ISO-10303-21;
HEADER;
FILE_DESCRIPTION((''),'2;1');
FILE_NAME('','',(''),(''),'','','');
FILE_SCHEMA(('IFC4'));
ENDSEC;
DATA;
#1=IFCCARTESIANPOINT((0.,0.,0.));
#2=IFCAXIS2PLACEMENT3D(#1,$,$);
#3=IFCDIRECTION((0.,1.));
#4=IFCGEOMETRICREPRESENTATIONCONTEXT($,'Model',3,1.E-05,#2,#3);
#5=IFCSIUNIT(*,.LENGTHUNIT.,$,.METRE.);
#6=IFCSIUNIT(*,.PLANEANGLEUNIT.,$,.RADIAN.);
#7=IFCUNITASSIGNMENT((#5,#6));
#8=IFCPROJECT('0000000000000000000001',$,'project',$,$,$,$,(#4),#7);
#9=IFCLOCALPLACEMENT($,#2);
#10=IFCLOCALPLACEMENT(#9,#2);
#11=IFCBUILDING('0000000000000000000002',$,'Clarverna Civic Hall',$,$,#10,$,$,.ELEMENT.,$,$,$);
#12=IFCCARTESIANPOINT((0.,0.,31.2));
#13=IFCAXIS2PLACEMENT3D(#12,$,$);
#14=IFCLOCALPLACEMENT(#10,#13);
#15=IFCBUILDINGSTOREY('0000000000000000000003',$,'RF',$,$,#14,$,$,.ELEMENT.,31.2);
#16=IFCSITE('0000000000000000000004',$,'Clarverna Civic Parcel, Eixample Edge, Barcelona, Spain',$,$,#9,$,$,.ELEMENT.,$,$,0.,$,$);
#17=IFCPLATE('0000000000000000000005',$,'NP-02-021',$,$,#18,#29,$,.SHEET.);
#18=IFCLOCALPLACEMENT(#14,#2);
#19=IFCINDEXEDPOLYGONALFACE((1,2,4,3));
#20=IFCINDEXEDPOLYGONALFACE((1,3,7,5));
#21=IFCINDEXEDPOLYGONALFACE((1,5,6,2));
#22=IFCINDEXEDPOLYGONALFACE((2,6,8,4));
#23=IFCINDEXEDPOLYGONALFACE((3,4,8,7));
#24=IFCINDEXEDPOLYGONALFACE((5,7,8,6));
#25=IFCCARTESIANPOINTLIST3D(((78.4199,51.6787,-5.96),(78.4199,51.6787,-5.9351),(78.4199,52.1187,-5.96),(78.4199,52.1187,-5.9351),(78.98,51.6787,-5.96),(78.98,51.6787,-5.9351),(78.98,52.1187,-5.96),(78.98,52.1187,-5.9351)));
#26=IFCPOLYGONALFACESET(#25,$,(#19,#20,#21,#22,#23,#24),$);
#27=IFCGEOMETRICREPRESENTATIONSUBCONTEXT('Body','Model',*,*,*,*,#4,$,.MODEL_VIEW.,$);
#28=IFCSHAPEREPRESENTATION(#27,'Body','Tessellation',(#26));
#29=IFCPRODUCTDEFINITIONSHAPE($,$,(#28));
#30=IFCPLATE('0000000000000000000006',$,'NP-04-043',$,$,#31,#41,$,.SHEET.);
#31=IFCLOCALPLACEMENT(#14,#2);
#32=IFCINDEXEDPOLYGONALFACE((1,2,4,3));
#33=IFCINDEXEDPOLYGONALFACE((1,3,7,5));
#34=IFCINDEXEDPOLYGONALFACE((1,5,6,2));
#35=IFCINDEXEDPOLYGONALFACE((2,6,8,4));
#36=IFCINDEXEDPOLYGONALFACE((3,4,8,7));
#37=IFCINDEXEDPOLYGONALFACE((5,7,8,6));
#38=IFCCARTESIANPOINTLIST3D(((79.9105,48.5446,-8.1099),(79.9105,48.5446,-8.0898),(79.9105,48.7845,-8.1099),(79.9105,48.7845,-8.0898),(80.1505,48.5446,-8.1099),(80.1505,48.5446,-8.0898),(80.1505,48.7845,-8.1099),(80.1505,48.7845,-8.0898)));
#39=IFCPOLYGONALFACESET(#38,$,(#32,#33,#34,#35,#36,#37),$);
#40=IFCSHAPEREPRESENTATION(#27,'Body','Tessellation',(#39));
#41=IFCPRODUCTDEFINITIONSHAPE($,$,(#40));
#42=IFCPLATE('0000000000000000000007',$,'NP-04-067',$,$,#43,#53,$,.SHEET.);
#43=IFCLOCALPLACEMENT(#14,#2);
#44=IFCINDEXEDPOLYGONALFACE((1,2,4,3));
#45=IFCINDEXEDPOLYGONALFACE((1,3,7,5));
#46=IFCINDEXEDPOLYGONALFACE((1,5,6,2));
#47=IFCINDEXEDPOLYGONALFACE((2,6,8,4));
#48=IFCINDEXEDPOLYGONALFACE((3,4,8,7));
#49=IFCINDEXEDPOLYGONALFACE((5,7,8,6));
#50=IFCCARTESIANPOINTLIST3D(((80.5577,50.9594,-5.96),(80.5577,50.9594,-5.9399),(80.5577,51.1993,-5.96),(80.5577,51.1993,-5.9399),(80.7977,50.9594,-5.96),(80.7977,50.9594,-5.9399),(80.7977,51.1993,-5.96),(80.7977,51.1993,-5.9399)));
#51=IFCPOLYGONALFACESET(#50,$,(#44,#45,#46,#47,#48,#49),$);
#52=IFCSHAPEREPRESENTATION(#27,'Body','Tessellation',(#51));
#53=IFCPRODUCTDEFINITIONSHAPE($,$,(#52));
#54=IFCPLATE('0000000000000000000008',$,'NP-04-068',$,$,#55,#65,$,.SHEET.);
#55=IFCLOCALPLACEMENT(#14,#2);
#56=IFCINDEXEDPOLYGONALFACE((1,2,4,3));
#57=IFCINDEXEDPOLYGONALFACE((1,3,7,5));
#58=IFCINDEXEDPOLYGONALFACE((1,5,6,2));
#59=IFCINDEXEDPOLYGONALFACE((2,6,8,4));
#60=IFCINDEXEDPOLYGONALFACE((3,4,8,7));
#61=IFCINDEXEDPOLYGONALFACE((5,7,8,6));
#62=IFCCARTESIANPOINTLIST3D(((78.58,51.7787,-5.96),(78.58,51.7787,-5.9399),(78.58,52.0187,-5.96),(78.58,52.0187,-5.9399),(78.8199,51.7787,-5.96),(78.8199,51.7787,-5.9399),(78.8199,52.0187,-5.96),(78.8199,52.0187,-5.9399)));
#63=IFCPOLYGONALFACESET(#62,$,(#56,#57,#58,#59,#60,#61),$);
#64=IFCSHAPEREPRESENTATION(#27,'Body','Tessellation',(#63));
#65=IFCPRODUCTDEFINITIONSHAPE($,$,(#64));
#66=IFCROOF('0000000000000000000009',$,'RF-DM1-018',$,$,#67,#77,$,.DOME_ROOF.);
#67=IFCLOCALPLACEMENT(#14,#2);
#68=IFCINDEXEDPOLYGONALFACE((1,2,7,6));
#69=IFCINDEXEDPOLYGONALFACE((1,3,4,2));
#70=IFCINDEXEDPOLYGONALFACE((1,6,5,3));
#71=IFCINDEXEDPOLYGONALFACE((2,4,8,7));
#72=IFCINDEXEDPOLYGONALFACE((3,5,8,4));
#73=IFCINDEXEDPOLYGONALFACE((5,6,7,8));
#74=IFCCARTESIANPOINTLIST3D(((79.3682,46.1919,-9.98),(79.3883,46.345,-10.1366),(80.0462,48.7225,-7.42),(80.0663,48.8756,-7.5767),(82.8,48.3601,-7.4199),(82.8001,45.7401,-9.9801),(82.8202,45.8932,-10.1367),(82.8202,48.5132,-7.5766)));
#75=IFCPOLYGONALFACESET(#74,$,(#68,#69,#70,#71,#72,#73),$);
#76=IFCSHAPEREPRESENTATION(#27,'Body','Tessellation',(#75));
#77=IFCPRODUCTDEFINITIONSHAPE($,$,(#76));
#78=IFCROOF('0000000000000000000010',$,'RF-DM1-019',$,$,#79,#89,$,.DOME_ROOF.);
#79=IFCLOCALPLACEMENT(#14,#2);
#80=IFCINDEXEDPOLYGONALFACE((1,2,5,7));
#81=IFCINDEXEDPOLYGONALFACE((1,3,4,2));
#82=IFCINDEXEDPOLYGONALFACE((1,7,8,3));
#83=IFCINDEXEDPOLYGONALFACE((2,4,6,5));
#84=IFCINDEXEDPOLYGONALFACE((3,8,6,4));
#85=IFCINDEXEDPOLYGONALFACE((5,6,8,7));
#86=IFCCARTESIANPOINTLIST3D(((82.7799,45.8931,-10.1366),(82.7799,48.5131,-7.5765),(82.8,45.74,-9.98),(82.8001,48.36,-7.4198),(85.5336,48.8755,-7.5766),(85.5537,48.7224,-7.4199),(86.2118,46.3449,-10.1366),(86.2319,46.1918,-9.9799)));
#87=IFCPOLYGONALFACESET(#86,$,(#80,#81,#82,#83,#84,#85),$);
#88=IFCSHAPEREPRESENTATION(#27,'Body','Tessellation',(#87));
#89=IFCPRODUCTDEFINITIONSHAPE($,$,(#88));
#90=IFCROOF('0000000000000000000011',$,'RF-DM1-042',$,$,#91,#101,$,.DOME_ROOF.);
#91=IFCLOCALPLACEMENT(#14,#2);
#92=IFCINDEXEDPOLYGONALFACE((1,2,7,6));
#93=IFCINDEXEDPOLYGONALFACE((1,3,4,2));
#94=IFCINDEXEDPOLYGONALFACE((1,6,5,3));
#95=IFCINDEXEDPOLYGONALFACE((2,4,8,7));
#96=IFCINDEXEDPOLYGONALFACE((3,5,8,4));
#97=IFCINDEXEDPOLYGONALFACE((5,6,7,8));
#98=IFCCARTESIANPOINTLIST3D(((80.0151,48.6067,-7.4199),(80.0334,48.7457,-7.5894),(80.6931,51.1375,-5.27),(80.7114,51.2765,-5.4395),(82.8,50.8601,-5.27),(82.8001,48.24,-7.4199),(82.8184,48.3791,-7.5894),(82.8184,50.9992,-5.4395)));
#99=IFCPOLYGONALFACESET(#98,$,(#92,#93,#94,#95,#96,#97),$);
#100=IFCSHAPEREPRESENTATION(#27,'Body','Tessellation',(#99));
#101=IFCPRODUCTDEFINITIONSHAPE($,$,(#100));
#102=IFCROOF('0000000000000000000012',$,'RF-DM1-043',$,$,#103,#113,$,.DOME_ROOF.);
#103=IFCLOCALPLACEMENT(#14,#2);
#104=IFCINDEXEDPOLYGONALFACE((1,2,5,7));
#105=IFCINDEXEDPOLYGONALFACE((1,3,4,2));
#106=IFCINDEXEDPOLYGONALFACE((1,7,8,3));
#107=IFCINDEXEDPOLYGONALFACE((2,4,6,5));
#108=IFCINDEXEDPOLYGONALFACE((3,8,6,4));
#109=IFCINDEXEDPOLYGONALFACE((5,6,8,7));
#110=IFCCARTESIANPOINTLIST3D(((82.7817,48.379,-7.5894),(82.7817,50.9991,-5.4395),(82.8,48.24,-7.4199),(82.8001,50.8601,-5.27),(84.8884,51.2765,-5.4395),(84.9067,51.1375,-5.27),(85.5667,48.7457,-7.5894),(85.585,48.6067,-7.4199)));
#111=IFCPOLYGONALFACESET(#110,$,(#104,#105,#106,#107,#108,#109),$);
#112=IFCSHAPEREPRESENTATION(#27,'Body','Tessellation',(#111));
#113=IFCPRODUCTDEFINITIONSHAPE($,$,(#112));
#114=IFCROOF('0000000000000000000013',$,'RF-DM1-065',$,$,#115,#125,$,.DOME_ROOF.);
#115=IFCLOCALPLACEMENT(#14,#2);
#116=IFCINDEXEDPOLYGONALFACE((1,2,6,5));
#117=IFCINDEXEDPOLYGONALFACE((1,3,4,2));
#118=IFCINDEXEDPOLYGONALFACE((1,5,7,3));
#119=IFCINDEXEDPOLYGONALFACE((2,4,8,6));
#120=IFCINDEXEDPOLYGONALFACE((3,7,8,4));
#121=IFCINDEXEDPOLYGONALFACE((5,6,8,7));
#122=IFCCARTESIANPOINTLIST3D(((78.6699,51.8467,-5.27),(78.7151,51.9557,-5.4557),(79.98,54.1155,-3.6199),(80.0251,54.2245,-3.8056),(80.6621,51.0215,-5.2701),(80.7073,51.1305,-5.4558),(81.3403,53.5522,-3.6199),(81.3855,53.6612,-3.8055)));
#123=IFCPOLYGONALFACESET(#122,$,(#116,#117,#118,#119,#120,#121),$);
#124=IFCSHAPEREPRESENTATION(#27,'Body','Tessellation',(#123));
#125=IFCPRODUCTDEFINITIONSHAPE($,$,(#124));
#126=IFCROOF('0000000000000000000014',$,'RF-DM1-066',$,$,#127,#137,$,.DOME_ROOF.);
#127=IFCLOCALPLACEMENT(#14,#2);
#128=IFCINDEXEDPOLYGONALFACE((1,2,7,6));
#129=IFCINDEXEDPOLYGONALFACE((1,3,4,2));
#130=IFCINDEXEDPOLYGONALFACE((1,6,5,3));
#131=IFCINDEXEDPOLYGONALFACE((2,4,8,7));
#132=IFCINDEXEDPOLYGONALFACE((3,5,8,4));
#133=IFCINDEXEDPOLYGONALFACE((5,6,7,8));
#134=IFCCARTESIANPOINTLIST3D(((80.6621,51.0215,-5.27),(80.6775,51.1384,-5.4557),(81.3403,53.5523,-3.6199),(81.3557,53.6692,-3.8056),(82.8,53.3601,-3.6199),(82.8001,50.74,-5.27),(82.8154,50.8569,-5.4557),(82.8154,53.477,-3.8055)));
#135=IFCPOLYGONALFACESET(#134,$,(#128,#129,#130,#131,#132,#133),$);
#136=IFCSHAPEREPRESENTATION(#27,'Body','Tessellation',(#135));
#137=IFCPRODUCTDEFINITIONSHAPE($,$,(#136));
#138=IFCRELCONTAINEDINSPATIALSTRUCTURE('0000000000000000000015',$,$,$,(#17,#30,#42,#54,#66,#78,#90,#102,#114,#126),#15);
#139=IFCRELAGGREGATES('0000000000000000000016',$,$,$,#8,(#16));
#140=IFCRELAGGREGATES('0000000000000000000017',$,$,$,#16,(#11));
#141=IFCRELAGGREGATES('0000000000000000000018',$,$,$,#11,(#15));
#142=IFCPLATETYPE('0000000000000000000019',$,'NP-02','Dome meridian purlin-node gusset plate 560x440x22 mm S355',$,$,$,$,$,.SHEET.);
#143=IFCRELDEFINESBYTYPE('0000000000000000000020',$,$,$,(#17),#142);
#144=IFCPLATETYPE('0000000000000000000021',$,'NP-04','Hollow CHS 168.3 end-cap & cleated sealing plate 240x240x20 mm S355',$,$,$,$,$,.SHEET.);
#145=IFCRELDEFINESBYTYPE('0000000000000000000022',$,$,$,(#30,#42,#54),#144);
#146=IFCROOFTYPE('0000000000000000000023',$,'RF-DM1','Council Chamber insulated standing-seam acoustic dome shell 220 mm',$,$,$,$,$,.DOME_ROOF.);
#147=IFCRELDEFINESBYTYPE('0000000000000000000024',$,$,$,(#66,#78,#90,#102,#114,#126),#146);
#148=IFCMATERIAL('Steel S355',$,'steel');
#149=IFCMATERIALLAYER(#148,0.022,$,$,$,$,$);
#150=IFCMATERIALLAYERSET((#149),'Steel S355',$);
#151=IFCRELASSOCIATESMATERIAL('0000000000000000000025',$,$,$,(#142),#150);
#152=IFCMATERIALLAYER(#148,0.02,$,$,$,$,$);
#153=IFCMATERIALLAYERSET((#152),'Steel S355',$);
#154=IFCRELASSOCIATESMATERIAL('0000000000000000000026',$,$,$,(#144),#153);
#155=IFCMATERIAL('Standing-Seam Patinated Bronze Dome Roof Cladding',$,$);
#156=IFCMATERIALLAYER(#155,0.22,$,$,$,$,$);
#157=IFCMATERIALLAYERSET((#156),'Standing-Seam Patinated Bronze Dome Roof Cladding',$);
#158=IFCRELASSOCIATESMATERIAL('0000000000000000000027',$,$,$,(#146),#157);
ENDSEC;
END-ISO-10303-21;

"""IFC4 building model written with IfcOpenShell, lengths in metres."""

from ifc_helpers import new_model, si_unit, direction, frame, origin, origin_2d, place, context, subcontext, project, spatial, polyline, rectangle, outline, extrude, material, layer, layer_set, type_object, element, save


model = new_model("IFC4")

# Units and contexts
model_context = context("Model", 3, precision=1e-05, world=origin(), true_north=direction((0.0, 1.0)))
body_context = subcontext(model_context, "Body", "Model", "MODEL_VIEW")
ifc_project = project(units=[si_unit("LENGTHUNIT", "METRE"), si_unit("PLANEANGLEUNIT", "RADIAN")], contexts=[model_context])

# Site, building, storey
site_placement = place(None, origin())
site = spatial("IfcSite", under=ifc_project, at=site_placement, Name="Clarverna Civic Parcel, Eixample Edge, Barcelona, Spain", CompositionType="ELEMENT", RefElevation=0.0)
building_placement = place(site_placement, origin())
building = spatial("IfcBuilding", under=site, at=building_placement, Name="Clarverna Civic Hall", CompositionType="ELEMENT")
storey_placement = place(building_placement, frame((0.0, 0.0, 31.2)))
storey = spatial("IfcBuildingStorey", under=building, at=storey_placement, Name="RF", CompositionType="ELEMENT", Elevation=31.2)

# Shared definitions
ifc_material_1 = material(Name="Steel S355", Category="steel")

# Plates
ifc_layer_1 = layer(ifc_material_1, 0.022)
ifc_layer_set_1 = layer_set([ifc_layer_1], Name="Steel S355")
plate_type_1 = type_object("IfcPlateType", Name="NP-02", Description="Dome meridian purlin-node gusset plate 560x440x22 mm S355", PredefinedType="SHEET", material=ifc_layer_set_1)
plate_placement = place(storey_placement, frame((78.7, 51.8987, -5.96), z_axis=(0.0, 0.0, 1.0), x_axis=(1.0, 0.0, 0.0)))
element("IfcPlate", 1, at=plate_placement, inside=storey, type_object=plate_type_1, Name="NP-02-021", PredefinedType="SHEET", context=body_context, shape_type="SweptSolid", body=[
    extrude(rectangle(XDim=0.5601, YDim=0.4399, at=origin_2d()), origin(), (0.0, 0.0, 1.0), 0.0249),
])
ifc_layer_2 = layer(ifc_material_1, 0.02)
ifc_layer_set_2 = layer_set([ifc_layer_2], Name="Steel S355")
plate_type_2 = type_object("IfcPlateType", Name="NP-04", Description="Hollow CHS 168.3 end-cap & cleated sealing plate 240x240x20 mm S355", PredefinedType="SHEET", material=ifc_layer_set_2)
for number, where, z_axis, x_axis, name in (
    (2, (80.0305, 48.6646, -8.1099), (0.0, 0.0, 1.0), (1.0, 0.0, 0.0), "NP-04-043"),
    (3, (80.6777, 51.0793, -5.96), (0.0, 0.0, 1.0), (1.0, 0.0, 0.0), "NP-04-067"),
    (4, (78.7, 51.8987, -5.96), (0.0, 0.0, 1.0), (1.0, 0.0, 0.0), "NP-04-068"),
):
    element("IfcPlate", number, at=place(storey_placement, frame(where, z_axis=z_axis, x_axis=x_axis)), inside=storey, type_object=plate_type_2, Name=name, PredefinedType="SHEET", context=body_context, shape_type="SweptSolid", body=[
        extrude(rectangle(XDim=0.24, YDim=0.24, at=origin_2d()), origin(), (0.0, 0.0, 1.0), 0.02),
    ])

# Roofs
ifc_material_2 = material(Name="Standing-Seam Patinated Bronze Dome Roof Cladding")
ifc_layer_3 = layer(ifc_material_2, 0.22)
ifc_layer_set_3 = layer_set([ifc_layer_3], Name="Standing-Seam Patinated Bronze Dome Roof Cladding")
roof_type = type_object("IfcRoofType", Name="RF-DM1", Description="Council Chamber insulated standing-seam acoustic dome shell 220 mm", PredefinedType="DOME_ROOF", material=ifc_layer_set_3)
roof_1_placement = place(storey_placement, frame((79.3682, 46.1919, -9.98), z_axis=(-0.091605, -0.695948, 0.712226), x_axis=(0.991445, -0.130526, -0.000026)))
element("IfcRoof", 5, at=roof_1_placement, inside=storey, type_object=roof_type, Name="RF-DM1-018", PredefinedType="DOME_ROOF", context=body_context, shape_type="SweptSolid", body=[
    extrude(outline(polyline([(0.0, 0.0), (3.4615, 0.0), (3.1195, 3.6472), (0.3418, 3.6469), (0.0, 0.0)])), origin(), (0.0, 0.0, -1.0), 0.22),
])
roof_2_placement = place(storey_placement, frame((82.8, 45.74, -9.98), z_axis=(0.091608, -0.695945, 0.712228), x_axis=(0.991445, 0.130529, 0.000023)))
element("IfcRoof", 6, at=roof_2_placement, inside=storey, type_object=roof_type, Name="RF-DM1-019", PredefinedType="DOME_ROOF", context=body_context, shape_type="SweptSolid", body=[
    extrude(outline(polyline([(0.0, 0.0), (3.4615, 0.0), (3.1195, 3.647), (0.3421, 3.6472), (0.0, 0.0)])), origin(), (0.0, 0.0, -1.0), 0.22),
])
roof_3_placement = place(storey_placement, frame((80.0151, 48.6067, -7.4199), z_axis=(-0.083224, -0.632134, 0.770377), x_axis=(0.991443, -0.13054, -0.000008)))
element("IfcRoof", 7, at=roof_3_placement, inside=storey, type_object=roof_type, Name="RF-DM1-042", PredefinedType="DOME_ROOF", context=body_context, shape_type="SweptSolid", body=[
    extrude(outline(polyline([(0.0, 0.0), (2.809, 0.0), (2.4669, 3.372), (0.3418, 3.3719), (0.0, 0.0)])), origin(), (0.0, 0.0, -1.0), 0.22),
])
roof_4_placement = place(storey_placement, frame((82.8, 48.24, -7.4199), z_axis=(0.083228, -0.632131, 0.770379), x_axis=(0.991443, 0.130543, 0.000005)))
element("IfcRoof", 8, at=roof_4_placement, inside=storey, type_object=roof_type, Name="RF-DM1-043", PredefinedType="DOME_ROOF", context=body_context, shape_type="SweptSolid", body=[
    extrude(outline(polyline([(0.0, 0.0), (2.809, 0.0), (2.4669, 3.3719), (0.342, 3.372), (0.0, 0.0)])), origin(), (0.0, 0.0, -1.0), 0.22),
])
roof_5_placement = place(storey_placement, frame((78.6699, 51.8467, -5.27), z_axis=(-0.205172, -0.495414, 0.844079), x_axis=(0.923886, -0.382668, -0.000028)))
element("IfcRoof", 9, at=roof_5_placement, inside=storey, type_object=roof_type, Name="RF-DM1-065", PredefinedType="DOME_ROOF", context=body_context, shape_type="SweptSolid", body=[
    extrude(outline(polyline([(0.0, 0.0), (2.1563, 0.0), (1.8144, 3.0775), (0.3421, 3.0773), (0.0, 0.0)])), origin(), (0.0, 0.0, -1.0), 0.22),
])
roof_6_placement = place(storey_placement, frame((80.6621, 51.0215, -5.27), z_axis=(-0.069987, -0.531614, 0.84409), x_axis=(0.991444, -0.130535, -0.000007)))
element("IfcRoof", 10, at=roof_6_placement, inside=storey, type_object=roof_type, Name="RF-DM1-066", PredefinedType="DOME_ROOF", context=body_context, shape_type="SweptSolid", body=[
    extrude(outline(polyline([(0.0, 0.0), (2.1564, 0.0), (1.8144, 3.0775), (0.3421, 3.0775), (0.0, 0.0)])), origin(), (0.0, 0.0, -1.0), 0.22),
])

save(model, "model.ifc")
